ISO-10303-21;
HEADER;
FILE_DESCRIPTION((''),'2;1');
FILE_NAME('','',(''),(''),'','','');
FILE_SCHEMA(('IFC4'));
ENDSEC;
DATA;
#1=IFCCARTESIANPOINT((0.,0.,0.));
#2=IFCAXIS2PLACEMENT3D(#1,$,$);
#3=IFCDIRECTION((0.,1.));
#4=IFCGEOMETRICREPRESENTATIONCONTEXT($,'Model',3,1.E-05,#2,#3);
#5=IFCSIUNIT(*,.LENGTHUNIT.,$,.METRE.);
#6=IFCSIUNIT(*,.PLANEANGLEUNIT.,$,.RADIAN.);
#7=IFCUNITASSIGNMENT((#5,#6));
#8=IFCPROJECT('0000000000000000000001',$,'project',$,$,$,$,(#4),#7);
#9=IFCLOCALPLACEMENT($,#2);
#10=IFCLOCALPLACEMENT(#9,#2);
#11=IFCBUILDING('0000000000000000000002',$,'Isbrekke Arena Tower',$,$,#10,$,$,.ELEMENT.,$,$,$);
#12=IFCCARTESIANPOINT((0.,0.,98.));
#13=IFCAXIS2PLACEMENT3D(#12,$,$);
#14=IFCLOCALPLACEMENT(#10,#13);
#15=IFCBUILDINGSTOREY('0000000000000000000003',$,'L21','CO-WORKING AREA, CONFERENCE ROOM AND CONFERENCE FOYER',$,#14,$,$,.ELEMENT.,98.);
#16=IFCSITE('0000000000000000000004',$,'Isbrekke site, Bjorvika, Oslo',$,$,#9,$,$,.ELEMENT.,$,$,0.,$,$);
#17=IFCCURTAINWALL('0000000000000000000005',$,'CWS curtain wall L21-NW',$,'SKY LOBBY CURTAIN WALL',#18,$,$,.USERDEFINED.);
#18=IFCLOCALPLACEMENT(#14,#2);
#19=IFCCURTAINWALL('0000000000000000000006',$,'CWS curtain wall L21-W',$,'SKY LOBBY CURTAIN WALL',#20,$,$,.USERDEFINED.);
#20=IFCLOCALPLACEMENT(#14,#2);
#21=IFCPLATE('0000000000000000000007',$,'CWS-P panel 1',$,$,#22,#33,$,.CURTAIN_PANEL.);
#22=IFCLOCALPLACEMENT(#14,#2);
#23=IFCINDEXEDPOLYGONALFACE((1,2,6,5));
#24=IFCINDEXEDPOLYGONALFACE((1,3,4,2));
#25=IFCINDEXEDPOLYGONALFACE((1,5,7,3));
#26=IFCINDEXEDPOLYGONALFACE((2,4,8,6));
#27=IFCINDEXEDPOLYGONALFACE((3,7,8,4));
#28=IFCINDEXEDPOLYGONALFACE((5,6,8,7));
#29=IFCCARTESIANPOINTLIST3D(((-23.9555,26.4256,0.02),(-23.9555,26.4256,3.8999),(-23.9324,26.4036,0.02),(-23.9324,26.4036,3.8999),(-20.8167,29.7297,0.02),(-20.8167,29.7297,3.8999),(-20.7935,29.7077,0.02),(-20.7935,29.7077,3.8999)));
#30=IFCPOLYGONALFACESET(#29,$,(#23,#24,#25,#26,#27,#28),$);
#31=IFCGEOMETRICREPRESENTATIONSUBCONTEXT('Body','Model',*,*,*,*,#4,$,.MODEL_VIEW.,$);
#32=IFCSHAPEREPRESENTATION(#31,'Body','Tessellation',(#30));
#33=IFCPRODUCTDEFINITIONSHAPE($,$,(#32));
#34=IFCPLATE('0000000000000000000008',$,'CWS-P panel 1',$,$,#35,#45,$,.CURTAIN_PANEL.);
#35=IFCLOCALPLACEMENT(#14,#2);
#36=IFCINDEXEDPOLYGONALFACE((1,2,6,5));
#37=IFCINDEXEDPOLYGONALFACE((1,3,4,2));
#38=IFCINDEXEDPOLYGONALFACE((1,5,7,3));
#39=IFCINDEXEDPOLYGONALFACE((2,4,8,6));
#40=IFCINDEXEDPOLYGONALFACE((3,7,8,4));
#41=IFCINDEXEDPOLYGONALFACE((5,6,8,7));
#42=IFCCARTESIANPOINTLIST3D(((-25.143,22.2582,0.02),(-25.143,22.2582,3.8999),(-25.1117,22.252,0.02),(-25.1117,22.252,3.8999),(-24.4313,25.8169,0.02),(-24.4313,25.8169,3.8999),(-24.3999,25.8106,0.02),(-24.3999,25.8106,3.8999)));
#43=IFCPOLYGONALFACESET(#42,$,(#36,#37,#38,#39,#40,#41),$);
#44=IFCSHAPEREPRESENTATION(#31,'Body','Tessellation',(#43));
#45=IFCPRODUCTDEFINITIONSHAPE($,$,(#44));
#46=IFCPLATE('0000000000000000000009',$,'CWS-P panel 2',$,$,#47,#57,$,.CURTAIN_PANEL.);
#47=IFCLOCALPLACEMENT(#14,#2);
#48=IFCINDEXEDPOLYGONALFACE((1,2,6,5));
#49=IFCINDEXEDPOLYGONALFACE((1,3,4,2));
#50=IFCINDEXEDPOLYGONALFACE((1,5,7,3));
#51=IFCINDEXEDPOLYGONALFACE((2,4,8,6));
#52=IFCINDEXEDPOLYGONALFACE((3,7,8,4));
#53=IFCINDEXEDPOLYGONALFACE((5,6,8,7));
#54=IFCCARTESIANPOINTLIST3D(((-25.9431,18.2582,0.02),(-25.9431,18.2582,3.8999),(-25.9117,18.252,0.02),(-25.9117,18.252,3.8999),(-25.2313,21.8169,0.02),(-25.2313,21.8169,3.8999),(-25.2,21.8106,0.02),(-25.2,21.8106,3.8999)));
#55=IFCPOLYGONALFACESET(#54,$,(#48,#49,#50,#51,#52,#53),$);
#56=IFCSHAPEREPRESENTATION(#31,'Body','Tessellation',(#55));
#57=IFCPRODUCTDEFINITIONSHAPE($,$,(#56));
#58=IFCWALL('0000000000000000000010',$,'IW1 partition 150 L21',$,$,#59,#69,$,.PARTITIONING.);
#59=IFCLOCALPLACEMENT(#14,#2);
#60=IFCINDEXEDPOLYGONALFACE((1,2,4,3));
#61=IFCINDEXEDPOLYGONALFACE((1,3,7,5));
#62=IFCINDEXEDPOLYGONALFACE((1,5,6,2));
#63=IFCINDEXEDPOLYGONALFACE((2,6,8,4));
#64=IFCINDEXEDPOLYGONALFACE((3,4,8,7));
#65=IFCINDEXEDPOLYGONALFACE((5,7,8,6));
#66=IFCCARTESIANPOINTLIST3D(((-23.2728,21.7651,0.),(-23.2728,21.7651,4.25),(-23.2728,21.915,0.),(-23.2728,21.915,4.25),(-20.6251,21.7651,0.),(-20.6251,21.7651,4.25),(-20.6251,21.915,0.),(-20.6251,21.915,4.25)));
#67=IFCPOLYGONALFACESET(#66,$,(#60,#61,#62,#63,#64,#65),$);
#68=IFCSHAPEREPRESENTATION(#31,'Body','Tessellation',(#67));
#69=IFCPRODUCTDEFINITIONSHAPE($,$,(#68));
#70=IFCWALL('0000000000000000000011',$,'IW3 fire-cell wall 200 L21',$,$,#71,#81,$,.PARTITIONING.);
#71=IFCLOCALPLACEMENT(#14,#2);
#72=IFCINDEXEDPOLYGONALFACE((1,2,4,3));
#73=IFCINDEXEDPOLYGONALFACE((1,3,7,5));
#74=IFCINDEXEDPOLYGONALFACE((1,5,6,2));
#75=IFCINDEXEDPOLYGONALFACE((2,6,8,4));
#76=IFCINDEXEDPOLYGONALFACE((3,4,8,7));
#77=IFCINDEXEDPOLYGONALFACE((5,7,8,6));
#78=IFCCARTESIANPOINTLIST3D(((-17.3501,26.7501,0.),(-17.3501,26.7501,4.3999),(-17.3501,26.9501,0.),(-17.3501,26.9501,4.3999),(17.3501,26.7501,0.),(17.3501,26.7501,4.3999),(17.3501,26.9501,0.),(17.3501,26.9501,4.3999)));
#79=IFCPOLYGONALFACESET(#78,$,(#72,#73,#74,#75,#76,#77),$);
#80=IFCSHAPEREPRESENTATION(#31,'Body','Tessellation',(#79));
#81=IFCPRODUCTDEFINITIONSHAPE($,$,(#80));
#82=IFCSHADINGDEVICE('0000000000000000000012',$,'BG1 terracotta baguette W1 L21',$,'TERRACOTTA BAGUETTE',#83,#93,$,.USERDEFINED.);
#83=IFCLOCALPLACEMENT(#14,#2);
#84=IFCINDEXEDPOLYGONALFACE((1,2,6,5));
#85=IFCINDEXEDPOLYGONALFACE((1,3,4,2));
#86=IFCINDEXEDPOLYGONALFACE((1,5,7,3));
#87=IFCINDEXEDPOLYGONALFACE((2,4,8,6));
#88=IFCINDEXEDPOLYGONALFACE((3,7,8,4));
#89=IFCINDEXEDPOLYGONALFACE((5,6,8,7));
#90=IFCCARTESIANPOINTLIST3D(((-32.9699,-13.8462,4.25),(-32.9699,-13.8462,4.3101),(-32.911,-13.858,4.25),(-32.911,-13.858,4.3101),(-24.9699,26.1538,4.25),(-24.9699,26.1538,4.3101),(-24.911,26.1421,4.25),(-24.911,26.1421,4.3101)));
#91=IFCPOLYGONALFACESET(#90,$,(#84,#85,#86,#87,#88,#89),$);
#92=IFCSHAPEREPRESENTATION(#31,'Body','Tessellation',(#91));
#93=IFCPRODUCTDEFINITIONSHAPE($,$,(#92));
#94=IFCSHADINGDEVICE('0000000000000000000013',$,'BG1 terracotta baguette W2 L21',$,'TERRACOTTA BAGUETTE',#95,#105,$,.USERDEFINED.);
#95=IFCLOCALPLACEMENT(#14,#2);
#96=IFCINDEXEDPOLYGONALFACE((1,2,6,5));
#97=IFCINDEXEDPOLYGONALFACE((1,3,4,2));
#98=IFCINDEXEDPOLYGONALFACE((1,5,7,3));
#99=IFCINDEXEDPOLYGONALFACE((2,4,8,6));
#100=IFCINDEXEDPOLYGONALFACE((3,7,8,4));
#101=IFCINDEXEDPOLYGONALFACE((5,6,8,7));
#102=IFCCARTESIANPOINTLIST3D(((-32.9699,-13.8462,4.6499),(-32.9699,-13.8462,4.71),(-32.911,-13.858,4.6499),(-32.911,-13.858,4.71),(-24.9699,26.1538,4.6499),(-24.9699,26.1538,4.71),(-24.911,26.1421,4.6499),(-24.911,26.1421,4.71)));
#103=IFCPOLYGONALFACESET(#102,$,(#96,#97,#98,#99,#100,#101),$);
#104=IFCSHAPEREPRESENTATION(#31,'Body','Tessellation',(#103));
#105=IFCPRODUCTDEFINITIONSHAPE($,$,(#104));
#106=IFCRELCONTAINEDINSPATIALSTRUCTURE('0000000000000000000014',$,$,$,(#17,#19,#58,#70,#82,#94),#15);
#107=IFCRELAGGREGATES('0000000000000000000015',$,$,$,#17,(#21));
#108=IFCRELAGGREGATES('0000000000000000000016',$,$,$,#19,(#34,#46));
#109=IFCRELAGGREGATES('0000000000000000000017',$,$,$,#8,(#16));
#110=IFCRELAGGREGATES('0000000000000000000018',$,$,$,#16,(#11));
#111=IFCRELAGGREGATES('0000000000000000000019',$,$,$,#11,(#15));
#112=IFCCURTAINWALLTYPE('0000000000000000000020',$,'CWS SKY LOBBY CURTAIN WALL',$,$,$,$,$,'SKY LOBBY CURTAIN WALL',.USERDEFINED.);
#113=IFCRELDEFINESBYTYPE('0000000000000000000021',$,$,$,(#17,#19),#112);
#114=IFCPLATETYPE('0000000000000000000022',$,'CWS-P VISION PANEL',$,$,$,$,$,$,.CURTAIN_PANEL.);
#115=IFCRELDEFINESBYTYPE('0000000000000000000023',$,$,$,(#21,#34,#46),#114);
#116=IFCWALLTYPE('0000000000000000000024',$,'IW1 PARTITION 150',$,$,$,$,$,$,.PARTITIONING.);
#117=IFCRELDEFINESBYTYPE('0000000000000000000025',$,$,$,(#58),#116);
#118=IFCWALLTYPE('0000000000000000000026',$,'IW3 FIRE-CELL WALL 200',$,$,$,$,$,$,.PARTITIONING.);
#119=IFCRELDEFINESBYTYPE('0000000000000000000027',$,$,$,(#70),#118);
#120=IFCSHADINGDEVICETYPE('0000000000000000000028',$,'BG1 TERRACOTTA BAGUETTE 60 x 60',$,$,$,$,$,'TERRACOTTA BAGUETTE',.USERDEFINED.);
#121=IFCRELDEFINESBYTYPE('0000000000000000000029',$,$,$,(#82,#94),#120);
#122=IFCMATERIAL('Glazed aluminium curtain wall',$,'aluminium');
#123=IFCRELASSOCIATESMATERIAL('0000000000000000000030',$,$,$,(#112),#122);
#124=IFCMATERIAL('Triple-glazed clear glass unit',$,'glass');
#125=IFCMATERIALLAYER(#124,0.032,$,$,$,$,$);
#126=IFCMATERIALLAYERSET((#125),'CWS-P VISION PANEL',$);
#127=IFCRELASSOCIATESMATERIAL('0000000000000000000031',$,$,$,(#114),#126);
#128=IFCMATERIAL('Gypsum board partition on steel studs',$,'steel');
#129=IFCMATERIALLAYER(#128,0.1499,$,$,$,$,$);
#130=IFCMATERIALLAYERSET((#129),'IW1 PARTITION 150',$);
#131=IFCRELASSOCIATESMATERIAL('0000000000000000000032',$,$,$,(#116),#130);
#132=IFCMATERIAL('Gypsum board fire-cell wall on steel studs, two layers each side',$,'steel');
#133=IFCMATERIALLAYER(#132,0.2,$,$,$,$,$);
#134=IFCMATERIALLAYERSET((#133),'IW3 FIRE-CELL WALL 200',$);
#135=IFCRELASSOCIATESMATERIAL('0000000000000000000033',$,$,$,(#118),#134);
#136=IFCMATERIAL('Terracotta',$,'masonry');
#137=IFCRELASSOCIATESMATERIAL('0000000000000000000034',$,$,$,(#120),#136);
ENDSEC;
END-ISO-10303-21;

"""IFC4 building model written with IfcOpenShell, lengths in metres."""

from ifc_helpers import new_model, si_unit, direction, frame, frame_2d, origin, origin_2d, place, context, subcontext, project, spatial, rectangle, extrude, material, layer, layer_set, material_profile, profile_set, type_object, element, aggregate, save


model = new_model("IFC4")

# Units and contexts
model_context = context("Model", 3, precision=1e-05, world=origin(), true_north=direction((0.0, 1.0)))
body_context = subcontext(model_context, "Body", "Model", "MODEL_VIEW")
ifc_project = project(units=[si_unit("LENGTHUNIT", "METRE"), si_unit("PLANEANGLEUNIT", "RADIAN")], contexts=[model_context])

# Site, building, storey
site_placement = place(None, origin())
site = spatial("IfcSite", under=ifc_project, at=site_placement, Name="Isbrekke site, Bjorvika, Oslo", CompositionType="ELEMENT", RefElevation=0.0)
building_placement = place(site_placement, origin())
building = spatial("IfcBuilding", under=site, at=building_placement, Name="Isbrekke Arena Tower", CompositionType="ELEMENT")
storey_placement = place(building_placement, frame((0.0, 0.0, 98.0)))
storey = spatial("IfcBuildingStorey", under=building, at=storey_placement, Name="L21", Description="CO-WORKING AREA, CONFERENCE ROOM AND CONFERENCE FOYER", CompositionType="ELEMENT", Elevation=98.0)

# Shared definitions
ifc_material_1 = material(Name="Glazed aluminium curtain wall", Category="aluminium")
curtain_wall_type = type_object("IfcCurtainWallType", Name="CWS SKY LOBBY CURTAIN WALL", ElementType="SKY LOBBY CURTAIN WALL", PredefinedType="USERDEFINED", material=ifc_material_1)

# Curtain walls
curtain_wall_1_placement = place(storey_placement, origin())
curtain_wall_1 = element("IfcCurtainWall", 1, at=curtain_wall_1_placement, inside=storey, type_object=curtain_wall_type, Name="CWS curtain wall L21-NW", ObjectType="SKY LOBBY CURTAIN WALL", PredefinedType="USERDEFINED")
curtain_wall_2_placement = place(storey_placement, origin())
curtain_wall_2 = element("IfcCurtainWall", 2, at=curtain_wall_2_placement, inside=storey, type_object=curtain_wall_type, Name="CWS curtain wall L21-W", ObjectType="SKY LOBBY CURTAIN WALL", PredefinedType="USERDEFINED")

# Plates
ifc_material_2 = material(Name="Triple-glazed clear glass unit", Category="glass")
ifc_layer_1 = layer(ifc_material_2, 0.032)
ifc_layer_set_1 = layer_set([ifc_layer_1], Name="CWS-P VISION PANEL")
plate_type = type_object("IfcPlateType", Name="CWS-P VISION PANEL", PredefinedType="CURTAIN_PANEL", material=ifc_layer_set_1)
plate_1_placement = place(storey_placement, frame((-22.3745, 28.0667, 0.02), z_axis=(0.0, 0.0, 1.0), x_axis=(-0.688749, -0.724999, 0.0)))
plate_1 = element("IfcPlate", 3, at=plate_1_placement, type_object=plate_type, Name="CWS-P panel 1", PredefinedType="CURTAIN_PANEL", context=body_context, shape_type="SweptSolid", body=[
    extrude(rectangle(XDim=4.5574, YDim=0.032, at=origin_2d()), origin(), (0.0, 0.0, 1.0), 3.8799),
])
aggregate(curtain_wall_1, [plate_1])
plate_2_placement = place(storey_placement, frame((-24.7715, 24.0344, 0.02), z_axis=(0.0, 0.0, 1.0), x_axis=(-0.196116, -0.980581, 0.0)))
plate_2 = element("IfcPlate", 4, at=plate_2_placement, type_object=plate_type, Name="CWS-P panel 1", PredefinedType="CURTAIN_PANEL", context=body_context, shape_type="SweptSolid", body=[
    extrude(rectangle(XDim=3.6292, YDim=0.032, at=origin_2d()), origin(), (0.0, 0.0, 1.0), 3.8799),
])
plate_3_placement = place(storey_placement, frame((-25.5715, 20.0344, 0.02), z_axis=(0.0, 0.0, 1.0), x_axis=(-0.196116, -0.980581, 0.0)))
plate_3 = element("IfcPlate", 5, at=plate_3_placement, type_object=plate_type, Name="CWS-P panel 2", PredefinedType="CURTAIN_PANEL", context=body_context, shape_type="SweptSolid", body=[
    extrude(rectangle(XDim=3.6292, YDim=0.032, at=origin_2d()), origin(), (0.0, 0.0, 1.0), 3.8799),
])
aggregate(curtain_wall_2, [plate_2, plate_3])

# Walls
ifc_material_3 = material(Name="Gypsum board partition on steel studs", Category="steel")
ifc_layer_2 = layer(ifc_material_3, 0.1499)
ifc_layer_set_2 = layer_set([ifc_layer_2], Name="IW1 PARTITION 150")
wall_type_1 = type_object("IfcWallType", Name="IW1 PARTITION 150", PredefinedType="PARTITIONING", material=ifc_layer_set_2)
wall_1_placement = place(storey_placement, frame((-23.2727, 21.8401, 0.0), z_axis=(0.0, 0.0, 1.0), x_axis=(1.0, 0.0, 0.0)))
element("IfcWall", 6, at=wall_1_placement, inside=storey, type_object=wall_type_1, Name="IW1 partition 150 L21", PredefinedType="PARTITIONING", context=body_context, shape_type="SweptSolid", body=[
    extrude(rectangle(XDim=2.6477, YDim=0.1499, at=frame_2d((1.3237, 0.0))), origin(), (0.0, 0.0, 1.0), 4.25),
])
ifc_material_4 = material(Name="Gypsum board fire-cell wall on steel studs, two layers each side", Category="steel")
ifc_layer_3 = layer(ifc_material_4, 0.2)
ifc_layer_set_3 = layer_set([ifc_layer_3], Name="IW3 FIRE-CELL WALL 200")
wall_type_2 = type_object("IfcWallType", Name="IW3 FIRE-CELL WALL 200", PredefinedType="PARTITIONING", material=ifc_layer_set_3)
wall_2_placement = place(storey_placement, frame((-17.3501, 26.8501, 0.0), z_axis=(0.0, 0.0, 1.0), x_axis=(1.0, 0.0, 0.0)))
element("IfcWall", 7, at=wall_2_placement, inside=storey, type_object=wall_type_2, Name="IW3 fire-cell wall 200 L21", PredefinedType="PARTITIONING", context=body_context, shape_type="SweptSolid", body=[
    extrude(rectangle(XDim=34.7002, YDim=0.2, at=frame_2d((17.3501, 0.0))), origin(), (0.0, 0.0, 1.0), 4.3999),
])

# Shading devices
ifc_material_5 = material(Name="Terracotta", Category="masonry")
ifc_material_profile_1 = material_profile(ifc_material_5, rectangle(XDim=0.0601, YDim=0.0601, at=origin_2d()), Name="BAGUETTE 60X60")
ifc_profile_set_1 = profile_set([ifc_material_profile_1], Name="Terracotta")
shading_device_type = type_object("IfcShadingDeviceType", Name="BG1 TERRACOTTA BAGUETTE 60 x 60", ElementType="TERRACOTTA BAGUETTE", PredefinedType="USERDEFINED", material=ifc_profile_set_1)
for number, where, z_axis, x_axis, name in (
    (8, (-24.9404, 26.1479, 4.28), (-0.196116, -0.980581, 0.0), (0.980581, -0.196116, 0.0), "BG1 terracotta baguette W1 L21"),
    (9, (-24.9404, 26.1479, 4.6799), (-0.196116, -0.980581, 0.0), (0.980581, -0.196116, 0.0), "BG1 terracotta baguette W2 L21"),
):
    element("IfcShadingDevice", number, at=place(storey_placement, frame(where, z_axis=z_axis, x_axis=x_axis)), inside=storey, type_object=shading_device_type, Name=name, ObjectType="TERRACOTTA BAGUETTE", PredefinedType="USERDEFINED", context=body_context, shape_type="SweptSolid", body=[
        extrude(rectangle(XDim=0.0601, YDim=0.0601, at=origin_2d()), origin(), (0.0, 0.0, 1.0), 40.7922),
    ])

save(model, "model.ifc")
